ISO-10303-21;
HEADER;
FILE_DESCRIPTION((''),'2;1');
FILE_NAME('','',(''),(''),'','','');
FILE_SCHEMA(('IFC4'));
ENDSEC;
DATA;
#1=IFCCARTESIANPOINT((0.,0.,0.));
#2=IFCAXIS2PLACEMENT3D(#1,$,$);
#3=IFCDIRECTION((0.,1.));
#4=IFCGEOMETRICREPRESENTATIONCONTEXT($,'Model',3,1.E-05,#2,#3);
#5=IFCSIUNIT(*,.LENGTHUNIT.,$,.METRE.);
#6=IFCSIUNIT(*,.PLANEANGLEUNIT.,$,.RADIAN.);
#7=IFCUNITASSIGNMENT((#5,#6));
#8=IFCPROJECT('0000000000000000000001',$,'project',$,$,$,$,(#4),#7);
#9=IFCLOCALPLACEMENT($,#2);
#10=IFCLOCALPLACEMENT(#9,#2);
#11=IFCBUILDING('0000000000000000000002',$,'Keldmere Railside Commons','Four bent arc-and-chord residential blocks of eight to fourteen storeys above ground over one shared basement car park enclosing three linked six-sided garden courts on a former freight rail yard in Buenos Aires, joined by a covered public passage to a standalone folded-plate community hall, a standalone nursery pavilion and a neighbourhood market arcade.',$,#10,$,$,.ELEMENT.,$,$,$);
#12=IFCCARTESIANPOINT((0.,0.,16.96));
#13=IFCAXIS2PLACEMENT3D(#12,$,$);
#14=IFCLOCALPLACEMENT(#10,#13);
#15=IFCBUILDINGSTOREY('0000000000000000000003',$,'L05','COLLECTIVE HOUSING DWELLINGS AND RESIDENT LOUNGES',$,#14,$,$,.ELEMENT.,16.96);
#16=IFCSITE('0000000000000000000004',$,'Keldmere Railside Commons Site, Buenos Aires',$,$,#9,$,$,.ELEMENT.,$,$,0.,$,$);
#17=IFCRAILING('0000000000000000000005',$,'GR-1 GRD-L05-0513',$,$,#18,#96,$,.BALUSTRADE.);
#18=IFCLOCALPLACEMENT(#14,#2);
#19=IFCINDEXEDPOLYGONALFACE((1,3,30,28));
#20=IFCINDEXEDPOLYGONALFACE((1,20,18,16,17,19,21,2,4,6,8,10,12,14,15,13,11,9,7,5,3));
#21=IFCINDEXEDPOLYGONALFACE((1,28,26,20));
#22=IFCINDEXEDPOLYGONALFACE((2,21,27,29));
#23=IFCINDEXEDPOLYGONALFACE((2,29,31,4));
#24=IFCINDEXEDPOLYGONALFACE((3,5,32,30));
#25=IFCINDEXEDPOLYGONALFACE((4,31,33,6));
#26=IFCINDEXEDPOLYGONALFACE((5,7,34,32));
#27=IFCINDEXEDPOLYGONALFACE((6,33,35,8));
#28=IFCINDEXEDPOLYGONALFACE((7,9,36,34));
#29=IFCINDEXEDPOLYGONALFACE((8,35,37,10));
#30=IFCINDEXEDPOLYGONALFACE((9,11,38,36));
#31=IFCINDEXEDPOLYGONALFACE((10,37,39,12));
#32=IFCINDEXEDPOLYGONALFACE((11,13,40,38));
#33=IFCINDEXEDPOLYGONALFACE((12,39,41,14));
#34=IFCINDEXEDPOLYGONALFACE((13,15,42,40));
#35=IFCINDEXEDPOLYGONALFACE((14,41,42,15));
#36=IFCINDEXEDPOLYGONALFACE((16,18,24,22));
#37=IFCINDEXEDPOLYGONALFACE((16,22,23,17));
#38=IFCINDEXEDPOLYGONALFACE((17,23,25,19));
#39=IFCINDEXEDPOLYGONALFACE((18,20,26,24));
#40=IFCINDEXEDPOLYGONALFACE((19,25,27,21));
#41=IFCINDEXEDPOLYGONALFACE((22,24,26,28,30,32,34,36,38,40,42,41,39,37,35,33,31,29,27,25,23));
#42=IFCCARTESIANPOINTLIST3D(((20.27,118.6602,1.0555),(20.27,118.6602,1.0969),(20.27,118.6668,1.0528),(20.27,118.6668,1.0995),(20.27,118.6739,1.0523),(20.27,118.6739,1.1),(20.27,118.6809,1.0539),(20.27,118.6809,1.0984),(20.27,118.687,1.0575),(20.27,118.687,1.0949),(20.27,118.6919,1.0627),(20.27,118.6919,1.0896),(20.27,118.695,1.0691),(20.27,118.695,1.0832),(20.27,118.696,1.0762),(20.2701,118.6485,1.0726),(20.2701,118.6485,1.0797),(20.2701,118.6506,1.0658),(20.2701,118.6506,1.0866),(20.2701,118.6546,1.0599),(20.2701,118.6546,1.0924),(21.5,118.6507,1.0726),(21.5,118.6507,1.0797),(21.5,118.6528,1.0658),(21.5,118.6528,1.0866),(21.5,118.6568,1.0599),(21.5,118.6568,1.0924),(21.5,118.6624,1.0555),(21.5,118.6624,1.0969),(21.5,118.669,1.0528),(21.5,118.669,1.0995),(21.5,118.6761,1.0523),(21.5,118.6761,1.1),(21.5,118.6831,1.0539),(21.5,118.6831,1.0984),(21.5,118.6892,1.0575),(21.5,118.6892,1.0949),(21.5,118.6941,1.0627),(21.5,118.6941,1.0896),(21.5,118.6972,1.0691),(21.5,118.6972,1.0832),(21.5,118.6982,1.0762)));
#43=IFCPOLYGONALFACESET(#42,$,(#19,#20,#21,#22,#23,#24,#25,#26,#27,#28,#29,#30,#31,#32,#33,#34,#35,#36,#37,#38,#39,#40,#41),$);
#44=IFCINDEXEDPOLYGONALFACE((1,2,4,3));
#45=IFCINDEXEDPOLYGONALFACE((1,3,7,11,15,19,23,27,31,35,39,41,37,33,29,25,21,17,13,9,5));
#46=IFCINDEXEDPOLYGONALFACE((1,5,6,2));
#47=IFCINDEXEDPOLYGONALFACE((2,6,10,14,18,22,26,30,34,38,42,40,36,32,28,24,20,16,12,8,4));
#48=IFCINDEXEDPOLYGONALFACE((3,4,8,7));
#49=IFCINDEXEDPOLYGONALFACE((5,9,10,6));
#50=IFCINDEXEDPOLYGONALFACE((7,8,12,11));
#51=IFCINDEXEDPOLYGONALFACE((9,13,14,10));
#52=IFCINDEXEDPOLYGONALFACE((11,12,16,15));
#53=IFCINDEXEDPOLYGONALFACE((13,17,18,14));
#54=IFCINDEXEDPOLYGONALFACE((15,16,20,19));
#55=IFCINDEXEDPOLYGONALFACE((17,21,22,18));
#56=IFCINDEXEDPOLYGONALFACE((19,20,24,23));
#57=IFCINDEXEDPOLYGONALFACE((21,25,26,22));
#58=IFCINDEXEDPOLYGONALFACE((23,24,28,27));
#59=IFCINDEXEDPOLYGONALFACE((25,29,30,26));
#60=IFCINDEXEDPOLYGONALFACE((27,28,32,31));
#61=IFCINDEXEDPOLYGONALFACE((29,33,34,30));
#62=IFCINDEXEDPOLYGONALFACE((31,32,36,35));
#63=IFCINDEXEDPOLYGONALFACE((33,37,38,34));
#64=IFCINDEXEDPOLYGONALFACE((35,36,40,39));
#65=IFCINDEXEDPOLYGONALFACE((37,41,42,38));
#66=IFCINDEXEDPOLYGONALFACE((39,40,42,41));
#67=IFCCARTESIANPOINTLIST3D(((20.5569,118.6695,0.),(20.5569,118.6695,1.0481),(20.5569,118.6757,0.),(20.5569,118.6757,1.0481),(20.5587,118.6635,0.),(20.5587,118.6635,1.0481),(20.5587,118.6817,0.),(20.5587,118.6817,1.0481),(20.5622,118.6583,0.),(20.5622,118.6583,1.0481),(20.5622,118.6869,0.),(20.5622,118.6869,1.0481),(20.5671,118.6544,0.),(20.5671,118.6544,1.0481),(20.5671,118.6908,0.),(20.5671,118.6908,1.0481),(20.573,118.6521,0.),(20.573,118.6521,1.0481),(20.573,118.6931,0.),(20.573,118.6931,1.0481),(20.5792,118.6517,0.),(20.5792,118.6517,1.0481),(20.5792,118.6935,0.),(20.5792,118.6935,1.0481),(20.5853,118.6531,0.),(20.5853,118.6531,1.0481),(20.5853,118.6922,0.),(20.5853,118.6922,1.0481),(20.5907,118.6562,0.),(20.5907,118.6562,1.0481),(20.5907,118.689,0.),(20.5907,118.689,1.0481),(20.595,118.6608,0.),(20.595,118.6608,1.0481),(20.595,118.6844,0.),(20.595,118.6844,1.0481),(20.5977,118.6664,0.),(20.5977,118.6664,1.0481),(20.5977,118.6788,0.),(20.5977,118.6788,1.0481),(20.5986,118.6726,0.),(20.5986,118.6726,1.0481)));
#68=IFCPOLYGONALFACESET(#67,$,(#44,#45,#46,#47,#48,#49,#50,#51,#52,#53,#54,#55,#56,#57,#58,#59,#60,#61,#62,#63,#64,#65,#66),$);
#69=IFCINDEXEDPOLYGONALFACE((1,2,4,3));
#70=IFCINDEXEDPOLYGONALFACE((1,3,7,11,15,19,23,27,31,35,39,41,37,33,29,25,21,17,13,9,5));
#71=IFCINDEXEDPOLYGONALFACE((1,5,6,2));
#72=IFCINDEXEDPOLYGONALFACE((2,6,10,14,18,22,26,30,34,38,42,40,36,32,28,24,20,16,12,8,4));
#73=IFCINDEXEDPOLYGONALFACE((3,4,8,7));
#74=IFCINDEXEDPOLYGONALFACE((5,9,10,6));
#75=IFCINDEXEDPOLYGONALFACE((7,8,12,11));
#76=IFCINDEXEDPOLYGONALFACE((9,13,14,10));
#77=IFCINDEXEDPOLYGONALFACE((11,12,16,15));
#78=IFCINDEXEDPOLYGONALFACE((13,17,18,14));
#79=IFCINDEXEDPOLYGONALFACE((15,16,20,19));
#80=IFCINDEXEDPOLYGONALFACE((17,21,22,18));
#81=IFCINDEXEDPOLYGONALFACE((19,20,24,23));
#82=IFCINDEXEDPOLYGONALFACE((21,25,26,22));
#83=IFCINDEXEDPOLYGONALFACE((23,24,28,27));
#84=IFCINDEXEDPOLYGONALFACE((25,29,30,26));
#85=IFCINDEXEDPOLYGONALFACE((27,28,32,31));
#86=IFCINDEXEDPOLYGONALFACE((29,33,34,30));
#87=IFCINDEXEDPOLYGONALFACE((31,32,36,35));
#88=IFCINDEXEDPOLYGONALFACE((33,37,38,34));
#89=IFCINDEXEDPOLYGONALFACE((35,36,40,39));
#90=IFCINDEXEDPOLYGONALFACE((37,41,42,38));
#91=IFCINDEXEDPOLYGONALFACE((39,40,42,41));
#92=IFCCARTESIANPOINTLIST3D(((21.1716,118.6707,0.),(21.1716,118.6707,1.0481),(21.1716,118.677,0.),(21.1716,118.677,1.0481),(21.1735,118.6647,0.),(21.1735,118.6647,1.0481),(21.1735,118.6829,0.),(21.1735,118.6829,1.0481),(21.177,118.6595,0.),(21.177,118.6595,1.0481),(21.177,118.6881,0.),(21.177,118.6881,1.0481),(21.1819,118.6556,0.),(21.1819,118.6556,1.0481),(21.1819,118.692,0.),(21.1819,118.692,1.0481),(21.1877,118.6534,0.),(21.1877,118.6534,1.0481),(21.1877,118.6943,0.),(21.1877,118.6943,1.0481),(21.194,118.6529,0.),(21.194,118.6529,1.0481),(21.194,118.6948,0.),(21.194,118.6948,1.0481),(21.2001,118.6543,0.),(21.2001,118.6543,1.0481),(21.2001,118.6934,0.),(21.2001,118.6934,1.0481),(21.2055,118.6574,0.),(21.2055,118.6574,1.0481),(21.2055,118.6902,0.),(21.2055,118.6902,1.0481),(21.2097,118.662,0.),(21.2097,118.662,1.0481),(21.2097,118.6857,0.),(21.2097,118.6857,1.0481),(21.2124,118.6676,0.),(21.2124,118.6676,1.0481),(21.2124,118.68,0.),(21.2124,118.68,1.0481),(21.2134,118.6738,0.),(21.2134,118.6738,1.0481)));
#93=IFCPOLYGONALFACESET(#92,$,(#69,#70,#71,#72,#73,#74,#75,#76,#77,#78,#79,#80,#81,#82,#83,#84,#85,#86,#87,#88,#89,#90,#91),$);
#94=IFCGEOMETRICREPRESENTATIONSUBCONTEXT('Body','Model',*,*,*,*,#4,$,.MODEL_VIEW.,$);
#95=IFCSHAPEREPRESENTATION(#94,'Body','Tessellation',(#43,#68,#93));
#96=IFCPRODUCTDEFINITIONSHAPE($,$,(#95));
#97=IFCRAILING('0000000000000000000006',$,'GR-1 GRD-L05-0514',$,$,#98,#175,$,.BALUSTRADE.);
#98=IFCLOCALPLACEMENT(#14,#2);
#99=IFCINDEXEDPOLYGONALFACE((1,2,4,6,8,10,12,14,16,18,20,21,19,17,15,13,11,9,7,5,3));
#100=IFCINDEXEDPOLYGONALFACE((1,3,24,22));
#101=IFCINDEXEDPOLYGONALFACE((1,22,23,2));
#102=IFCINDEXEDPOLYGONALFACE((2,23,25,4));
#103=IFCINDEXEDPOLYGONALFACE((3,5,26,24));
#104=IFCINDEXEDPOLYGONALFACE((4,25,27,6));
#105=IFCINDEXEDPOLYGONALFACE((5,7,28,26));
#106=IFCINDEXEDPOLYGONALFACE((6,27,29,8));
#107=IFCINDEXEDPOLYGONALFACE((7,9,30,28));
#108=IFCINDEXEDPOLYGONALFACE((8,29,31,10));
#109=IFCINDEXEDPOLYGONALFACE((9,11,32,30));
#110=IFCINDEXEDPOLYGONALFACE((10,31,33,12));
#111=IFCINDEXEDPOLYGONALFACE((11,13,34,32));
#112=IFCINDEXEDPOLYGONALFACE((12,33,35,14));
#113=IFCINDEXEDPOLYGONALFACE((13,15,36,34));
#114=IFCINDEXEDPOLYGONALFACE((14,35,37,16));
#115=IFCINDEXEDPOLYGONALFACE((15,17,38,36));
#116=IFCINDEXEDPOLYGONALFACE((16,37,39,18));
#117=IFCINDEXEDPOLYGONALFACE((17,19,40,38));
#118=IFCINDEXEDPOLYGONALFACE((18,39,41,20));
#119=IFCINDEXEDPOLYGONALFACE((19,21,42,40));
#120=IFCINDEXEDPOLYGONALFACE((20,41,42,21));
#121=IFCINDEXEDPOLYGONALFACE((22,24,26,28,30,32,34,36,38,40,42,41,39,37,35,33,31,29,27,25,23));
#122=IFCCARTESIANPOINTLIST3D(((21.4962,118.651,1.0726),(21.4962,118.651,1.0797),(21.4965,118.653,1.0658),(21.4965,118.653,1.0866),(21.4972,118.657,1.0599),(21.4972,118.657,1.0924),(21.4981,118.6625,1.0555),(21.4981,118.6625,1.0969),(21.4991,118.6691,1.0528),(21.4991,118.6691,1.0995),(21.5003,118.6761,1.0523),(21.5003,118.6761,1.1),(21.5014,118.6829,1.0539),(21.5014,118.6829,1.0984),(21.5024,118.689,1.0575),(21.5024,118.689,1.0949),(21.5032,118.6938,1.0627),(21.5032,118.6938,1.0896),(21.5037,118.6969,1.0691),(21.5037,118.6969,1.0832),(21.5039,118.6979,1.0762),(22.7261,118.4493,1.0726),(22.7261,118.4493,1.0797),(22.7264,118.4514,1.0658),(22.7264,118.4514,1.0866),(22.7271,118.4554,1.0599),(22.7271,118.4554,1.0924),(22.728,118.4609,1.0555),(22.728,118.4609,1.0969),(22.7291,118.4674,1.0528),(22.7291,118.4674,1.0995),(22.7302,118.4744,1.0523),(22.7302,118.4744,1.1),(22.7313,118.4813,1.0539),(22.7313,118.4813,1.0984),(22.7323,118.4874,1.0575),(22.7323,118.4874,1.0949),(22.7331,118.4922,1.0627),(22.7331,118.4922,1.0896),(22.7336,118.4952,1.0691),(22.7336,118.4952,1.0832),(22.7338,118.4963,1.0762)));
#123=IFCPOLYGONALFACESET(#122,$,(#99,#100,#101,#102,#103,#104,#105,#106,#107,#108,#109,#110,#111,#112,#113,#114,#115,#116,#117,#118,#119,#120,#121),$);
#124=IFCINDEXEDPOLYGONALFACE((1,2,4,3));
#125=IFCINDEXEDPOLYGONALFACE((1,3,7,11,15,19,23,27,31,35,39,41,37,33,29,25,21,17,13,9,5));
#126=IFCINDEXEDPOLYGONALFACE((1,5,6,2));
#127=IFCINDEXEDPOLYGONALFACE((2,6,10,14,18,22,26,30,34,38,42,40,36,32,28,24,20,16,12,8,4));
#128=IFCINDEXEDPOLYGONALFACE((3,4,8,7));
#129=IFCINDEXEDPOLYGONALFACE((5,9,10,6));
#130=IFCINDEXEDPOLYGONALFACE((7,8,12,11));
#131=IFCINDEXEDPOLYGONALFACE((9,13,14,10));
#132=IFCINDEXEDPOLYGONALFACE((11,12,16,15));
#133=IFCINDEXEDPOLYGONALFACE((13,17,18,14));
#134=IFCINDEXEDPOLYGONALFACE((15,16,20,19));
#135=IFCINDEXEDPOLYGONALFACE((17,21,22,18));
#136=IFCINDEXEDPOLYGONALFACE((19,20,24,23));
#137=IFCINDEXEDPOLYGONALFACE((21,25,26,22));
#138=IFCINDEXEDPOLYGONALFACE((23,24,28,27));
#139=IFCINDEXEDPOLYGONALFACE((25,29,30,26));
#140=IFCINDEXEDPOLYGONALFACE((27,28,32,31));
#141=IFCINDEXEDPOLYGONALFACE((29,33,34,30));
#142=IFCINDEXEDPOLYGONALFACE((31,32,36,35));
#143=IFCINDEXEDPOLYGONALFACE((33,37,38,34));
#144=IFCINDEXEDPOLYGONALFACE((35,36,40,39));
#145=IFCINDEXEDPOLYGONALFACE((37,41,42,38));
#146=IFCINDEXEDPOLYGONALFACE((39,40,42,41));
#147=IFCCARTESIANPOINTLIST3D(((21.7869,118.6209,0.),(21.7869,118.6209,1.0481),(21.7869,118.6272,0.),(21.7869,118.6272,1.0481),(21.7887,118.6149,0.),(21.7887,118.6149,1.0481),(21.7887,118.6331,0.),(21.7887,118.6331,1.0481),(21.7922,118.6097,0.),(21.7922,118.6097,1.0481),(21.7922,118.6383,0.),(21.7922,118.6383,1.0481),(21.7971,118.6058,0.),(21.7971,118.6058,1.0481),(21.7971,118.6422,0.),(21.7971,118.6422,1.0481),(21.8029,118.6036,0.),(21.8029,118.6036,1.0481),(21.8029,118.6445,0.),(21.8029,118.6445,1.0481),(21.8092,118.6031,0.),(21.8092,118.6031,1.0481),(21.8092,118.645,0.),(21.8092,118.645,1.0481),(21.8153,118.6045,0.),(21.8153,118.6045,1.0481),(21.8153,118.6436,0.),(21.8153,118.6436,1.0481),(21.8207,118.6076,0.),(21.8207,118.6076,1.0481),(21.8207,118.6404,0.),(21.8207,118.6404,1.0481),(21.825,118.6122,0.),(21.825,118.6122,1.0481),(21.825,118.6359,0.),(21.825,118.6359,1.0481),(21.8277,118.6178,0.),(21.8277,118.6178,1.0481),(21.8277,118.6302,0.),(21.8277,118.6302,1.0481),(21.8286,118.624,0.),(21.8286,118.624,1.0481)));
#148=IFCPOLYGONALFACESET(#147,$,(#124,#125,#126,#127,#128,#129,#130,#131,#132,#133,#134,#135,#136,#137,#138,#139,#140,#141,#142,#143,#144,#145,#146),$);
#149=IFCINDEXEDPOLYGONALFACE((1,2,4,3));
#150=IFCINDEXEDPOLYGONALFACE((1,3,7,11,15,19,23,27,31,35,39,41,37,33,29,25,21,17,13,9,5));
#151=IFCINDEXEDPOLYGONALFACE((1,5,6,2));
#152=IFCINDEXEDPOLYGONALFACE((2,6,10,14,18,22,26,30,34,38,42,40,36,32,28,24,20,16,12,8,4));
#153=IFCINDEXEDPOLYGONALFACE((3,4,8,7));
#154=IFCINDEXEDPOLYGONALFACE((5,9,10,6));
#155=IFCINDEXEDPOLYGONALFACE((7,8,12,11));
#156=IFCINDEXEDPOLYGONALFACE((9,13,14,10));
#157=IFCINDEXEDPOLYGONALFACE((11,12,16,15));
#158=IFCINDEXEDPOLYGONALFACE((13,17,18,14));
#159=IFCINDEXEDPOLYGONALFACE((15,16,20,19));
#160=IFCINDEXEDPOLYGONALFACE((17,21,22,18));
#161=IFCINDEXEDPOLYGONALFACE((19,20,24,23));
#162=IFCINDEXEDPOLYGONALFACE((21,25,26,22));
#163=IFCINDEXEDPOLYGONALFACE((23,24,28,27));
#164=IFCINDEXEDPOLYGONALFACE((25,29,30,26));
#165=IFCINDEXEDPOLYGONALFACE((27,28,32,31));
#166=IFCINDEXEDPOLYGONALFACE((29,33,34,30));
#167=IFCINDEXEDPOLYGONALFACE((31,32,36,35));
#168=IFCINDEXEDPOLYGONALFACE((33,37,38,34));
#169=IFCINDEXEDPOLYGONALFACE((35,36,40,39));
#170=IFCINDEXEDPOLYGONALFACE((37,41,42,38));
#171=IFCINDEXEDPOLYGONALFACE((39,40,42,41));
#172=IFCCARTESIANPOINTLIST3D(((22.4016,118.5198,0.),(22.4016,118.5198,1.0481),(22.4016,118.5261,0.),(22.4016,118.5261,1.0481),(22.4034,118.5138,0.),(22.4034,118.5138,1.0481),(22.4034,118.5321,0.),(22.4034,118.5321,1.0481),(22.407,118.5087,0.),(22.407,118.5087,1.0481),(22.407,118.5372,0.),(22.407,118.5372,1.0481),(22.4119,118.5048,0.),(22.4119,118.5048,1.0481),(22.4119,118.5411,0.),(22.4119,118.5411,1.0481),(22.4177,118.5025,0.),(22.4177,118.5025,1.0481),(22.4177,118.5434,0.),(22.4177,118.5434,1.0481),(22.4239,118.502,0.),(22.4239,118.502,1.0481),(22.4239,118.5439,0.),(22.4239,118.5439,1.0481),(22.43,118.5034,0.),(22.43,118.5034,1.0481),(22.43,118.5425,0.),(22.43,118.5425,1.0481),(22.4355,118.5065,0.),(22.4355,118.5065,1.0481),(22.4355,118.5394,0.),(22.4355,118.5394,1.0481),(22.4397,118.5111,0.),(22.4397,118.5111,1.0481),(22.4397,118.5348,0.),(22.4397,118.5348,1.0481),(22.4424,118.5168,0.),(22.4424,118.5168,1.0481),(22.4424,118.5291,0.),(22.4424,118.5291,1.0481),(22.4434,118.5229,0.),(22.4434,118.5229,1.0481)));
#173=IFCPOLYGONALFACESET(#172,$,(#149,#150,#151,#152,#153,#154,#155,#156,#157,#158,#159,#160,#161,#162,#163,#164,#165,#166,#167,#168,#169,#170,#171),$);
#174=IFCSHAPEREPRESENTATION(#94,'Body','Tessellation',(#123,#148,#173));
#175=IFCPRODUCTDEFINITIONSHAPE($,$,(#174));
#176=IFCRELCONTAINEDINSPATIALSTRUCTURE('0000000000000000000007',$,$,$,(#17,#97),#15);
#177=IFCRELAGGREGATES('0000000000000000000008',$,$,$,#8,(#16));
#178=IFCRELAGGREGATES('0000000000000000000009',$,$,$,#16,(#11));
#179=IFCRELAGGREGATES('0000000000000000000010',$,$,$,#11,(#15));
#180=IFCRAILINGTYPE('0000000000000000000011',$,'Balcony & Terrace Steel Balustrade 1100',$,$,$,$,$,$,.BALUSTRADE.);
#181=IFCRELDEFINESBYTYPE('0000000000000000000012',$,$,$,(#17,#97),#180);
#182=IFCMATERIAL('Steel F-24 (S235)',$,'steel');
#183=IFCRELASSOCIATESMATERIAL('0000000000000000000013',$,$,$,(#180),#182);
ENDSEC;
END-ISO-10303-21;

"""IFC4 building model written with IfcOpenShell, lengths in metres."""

from ifc_helpers import new_model, si_unit, direction, frame, origin, origin_2d, place, context, subcontext, project, spatial, circle, extrude, material, type_object, element, save


model = new_model("IFC4")

# Units and contexts
model_context = context("Model", 3, precision=1e-05, world=origin(), true_north=direction((0.0, 1.0)))
body_context = subcontext(model_context, "Body", "Model", "MODEL_VIEW")
ifc_project = project(units=[si_unit("LENGTHUNIT", "METRE"), si_unit("PLANEANGLEUNIT", "RADIAN")], contexts=[model_context])

# Site, building, storey
site_placement = place(None, origin())
site = spatial("IfcSite", under=ifc_project, at=site_placement, Name="Keldmere Railside Commons Site, Buenos Aires", CompositionType="ELEMENT", RefElevation=0.0)
building_placement = place(site_placement, origin())
building = spatial("IfcBuilding", under=site, at=building_placement, Name="Keldmere Railside Commons", Description="Four bent arc-and-chord residential blocks of eight to fourteen storeys above ground over one shared basement car park enclosing three linked six-sided garden courts on a former freight rail yard in Buenos Aires, joined by a covered public passage to a standalone folded-plate community hall, a standalone nursery pavilion and a neighbourhood market arcade.", CompositionType="ELEMENT")
storey_placement = place(building_placement, frame((0.0, 0.0, 16.96)))
storey = spatial("IfcBuildingStorey", under=building, at=storey_placement, Name="L05", Description="COLLECTIVE HOUSING DWELLINGS AND RESIDENT LOUNGES", CompositionType="ELEMENT", Elevation=16.96)

# Railings
ifc_material_1 = material(Name="Steel F-24 (S235)", Category="steel")
railing_type = type_object("IfcRailingType", Name="Balcony & Terrace Steel Balustrade 1100", PredefinedType="BALUSTRADE", material=ifc_material_1)
railing_1_placement = place(storey_placement, frame((20.27, 118.6721, 0.0)))
element("IfcRailing", 1, at=railing_1_placement, inside=storey, type_object=railing_type, Name="GR-1 GRD-L05-0513", PredefinedType="BALUSTRADE", context=body_context, shape_type="SweptSolid", body=[
    extrude(circle(Radius=0.0239, at=origin_2d()), frame((0.0, 0.0, 1.0762), z_axis=(0.999998, 0.001786, 0.0), x_axis=(-0.001786, 0.999998, 0.0)), (0.0, 0.0, 1.0), 1.23),
    extrude(circle(Radius=0.021, at=origin_2d()), frame((0.3076, 0.0005, 0.0)), (0.0, 0.0, 1.0), 1.0481),
    extrude(circle(Radius=0.021, at=origin_2d()), frame((0.9224, 0.0017, 0.0)), (0.0, 0.0, 1.0), 1.0481),
])
railing_2_placement = place(storey_placement, frame((21.5, 118.6743, 0.0)))
element("IfcRailing", 2, at=railing_2_placement, inside=storey, type_object=railing_type, Name="GR-1 GRD-L05-0514", PredefinedType="BALUSTRADE", context=body_context, shape_type="SweptSolid", body=[
    extrude(circle(Radius=0.0239, at=origin_2d()), frame((0.0, 0.0, 1.0762), z_axis=(0.986825, -0.161794, 0.0), x_axis=(0.161794, 0.986825, 0.0)), (0.0, 0.0, 1.0), 1.2463),
    extrude(circle(Radius=0.021, at=origin_2d()), frame((0.3076, -0.0503, 0.0)), (0.0, 0.0, 1.0), 1.0481),
    extrude(circle(Radius=0.021, at=origin_2d()), frame((0.9224, -0.1514, 0.0)), (0.0, 0.0, 1.0), 1.0481),
])

save(model, "model.ifc")
